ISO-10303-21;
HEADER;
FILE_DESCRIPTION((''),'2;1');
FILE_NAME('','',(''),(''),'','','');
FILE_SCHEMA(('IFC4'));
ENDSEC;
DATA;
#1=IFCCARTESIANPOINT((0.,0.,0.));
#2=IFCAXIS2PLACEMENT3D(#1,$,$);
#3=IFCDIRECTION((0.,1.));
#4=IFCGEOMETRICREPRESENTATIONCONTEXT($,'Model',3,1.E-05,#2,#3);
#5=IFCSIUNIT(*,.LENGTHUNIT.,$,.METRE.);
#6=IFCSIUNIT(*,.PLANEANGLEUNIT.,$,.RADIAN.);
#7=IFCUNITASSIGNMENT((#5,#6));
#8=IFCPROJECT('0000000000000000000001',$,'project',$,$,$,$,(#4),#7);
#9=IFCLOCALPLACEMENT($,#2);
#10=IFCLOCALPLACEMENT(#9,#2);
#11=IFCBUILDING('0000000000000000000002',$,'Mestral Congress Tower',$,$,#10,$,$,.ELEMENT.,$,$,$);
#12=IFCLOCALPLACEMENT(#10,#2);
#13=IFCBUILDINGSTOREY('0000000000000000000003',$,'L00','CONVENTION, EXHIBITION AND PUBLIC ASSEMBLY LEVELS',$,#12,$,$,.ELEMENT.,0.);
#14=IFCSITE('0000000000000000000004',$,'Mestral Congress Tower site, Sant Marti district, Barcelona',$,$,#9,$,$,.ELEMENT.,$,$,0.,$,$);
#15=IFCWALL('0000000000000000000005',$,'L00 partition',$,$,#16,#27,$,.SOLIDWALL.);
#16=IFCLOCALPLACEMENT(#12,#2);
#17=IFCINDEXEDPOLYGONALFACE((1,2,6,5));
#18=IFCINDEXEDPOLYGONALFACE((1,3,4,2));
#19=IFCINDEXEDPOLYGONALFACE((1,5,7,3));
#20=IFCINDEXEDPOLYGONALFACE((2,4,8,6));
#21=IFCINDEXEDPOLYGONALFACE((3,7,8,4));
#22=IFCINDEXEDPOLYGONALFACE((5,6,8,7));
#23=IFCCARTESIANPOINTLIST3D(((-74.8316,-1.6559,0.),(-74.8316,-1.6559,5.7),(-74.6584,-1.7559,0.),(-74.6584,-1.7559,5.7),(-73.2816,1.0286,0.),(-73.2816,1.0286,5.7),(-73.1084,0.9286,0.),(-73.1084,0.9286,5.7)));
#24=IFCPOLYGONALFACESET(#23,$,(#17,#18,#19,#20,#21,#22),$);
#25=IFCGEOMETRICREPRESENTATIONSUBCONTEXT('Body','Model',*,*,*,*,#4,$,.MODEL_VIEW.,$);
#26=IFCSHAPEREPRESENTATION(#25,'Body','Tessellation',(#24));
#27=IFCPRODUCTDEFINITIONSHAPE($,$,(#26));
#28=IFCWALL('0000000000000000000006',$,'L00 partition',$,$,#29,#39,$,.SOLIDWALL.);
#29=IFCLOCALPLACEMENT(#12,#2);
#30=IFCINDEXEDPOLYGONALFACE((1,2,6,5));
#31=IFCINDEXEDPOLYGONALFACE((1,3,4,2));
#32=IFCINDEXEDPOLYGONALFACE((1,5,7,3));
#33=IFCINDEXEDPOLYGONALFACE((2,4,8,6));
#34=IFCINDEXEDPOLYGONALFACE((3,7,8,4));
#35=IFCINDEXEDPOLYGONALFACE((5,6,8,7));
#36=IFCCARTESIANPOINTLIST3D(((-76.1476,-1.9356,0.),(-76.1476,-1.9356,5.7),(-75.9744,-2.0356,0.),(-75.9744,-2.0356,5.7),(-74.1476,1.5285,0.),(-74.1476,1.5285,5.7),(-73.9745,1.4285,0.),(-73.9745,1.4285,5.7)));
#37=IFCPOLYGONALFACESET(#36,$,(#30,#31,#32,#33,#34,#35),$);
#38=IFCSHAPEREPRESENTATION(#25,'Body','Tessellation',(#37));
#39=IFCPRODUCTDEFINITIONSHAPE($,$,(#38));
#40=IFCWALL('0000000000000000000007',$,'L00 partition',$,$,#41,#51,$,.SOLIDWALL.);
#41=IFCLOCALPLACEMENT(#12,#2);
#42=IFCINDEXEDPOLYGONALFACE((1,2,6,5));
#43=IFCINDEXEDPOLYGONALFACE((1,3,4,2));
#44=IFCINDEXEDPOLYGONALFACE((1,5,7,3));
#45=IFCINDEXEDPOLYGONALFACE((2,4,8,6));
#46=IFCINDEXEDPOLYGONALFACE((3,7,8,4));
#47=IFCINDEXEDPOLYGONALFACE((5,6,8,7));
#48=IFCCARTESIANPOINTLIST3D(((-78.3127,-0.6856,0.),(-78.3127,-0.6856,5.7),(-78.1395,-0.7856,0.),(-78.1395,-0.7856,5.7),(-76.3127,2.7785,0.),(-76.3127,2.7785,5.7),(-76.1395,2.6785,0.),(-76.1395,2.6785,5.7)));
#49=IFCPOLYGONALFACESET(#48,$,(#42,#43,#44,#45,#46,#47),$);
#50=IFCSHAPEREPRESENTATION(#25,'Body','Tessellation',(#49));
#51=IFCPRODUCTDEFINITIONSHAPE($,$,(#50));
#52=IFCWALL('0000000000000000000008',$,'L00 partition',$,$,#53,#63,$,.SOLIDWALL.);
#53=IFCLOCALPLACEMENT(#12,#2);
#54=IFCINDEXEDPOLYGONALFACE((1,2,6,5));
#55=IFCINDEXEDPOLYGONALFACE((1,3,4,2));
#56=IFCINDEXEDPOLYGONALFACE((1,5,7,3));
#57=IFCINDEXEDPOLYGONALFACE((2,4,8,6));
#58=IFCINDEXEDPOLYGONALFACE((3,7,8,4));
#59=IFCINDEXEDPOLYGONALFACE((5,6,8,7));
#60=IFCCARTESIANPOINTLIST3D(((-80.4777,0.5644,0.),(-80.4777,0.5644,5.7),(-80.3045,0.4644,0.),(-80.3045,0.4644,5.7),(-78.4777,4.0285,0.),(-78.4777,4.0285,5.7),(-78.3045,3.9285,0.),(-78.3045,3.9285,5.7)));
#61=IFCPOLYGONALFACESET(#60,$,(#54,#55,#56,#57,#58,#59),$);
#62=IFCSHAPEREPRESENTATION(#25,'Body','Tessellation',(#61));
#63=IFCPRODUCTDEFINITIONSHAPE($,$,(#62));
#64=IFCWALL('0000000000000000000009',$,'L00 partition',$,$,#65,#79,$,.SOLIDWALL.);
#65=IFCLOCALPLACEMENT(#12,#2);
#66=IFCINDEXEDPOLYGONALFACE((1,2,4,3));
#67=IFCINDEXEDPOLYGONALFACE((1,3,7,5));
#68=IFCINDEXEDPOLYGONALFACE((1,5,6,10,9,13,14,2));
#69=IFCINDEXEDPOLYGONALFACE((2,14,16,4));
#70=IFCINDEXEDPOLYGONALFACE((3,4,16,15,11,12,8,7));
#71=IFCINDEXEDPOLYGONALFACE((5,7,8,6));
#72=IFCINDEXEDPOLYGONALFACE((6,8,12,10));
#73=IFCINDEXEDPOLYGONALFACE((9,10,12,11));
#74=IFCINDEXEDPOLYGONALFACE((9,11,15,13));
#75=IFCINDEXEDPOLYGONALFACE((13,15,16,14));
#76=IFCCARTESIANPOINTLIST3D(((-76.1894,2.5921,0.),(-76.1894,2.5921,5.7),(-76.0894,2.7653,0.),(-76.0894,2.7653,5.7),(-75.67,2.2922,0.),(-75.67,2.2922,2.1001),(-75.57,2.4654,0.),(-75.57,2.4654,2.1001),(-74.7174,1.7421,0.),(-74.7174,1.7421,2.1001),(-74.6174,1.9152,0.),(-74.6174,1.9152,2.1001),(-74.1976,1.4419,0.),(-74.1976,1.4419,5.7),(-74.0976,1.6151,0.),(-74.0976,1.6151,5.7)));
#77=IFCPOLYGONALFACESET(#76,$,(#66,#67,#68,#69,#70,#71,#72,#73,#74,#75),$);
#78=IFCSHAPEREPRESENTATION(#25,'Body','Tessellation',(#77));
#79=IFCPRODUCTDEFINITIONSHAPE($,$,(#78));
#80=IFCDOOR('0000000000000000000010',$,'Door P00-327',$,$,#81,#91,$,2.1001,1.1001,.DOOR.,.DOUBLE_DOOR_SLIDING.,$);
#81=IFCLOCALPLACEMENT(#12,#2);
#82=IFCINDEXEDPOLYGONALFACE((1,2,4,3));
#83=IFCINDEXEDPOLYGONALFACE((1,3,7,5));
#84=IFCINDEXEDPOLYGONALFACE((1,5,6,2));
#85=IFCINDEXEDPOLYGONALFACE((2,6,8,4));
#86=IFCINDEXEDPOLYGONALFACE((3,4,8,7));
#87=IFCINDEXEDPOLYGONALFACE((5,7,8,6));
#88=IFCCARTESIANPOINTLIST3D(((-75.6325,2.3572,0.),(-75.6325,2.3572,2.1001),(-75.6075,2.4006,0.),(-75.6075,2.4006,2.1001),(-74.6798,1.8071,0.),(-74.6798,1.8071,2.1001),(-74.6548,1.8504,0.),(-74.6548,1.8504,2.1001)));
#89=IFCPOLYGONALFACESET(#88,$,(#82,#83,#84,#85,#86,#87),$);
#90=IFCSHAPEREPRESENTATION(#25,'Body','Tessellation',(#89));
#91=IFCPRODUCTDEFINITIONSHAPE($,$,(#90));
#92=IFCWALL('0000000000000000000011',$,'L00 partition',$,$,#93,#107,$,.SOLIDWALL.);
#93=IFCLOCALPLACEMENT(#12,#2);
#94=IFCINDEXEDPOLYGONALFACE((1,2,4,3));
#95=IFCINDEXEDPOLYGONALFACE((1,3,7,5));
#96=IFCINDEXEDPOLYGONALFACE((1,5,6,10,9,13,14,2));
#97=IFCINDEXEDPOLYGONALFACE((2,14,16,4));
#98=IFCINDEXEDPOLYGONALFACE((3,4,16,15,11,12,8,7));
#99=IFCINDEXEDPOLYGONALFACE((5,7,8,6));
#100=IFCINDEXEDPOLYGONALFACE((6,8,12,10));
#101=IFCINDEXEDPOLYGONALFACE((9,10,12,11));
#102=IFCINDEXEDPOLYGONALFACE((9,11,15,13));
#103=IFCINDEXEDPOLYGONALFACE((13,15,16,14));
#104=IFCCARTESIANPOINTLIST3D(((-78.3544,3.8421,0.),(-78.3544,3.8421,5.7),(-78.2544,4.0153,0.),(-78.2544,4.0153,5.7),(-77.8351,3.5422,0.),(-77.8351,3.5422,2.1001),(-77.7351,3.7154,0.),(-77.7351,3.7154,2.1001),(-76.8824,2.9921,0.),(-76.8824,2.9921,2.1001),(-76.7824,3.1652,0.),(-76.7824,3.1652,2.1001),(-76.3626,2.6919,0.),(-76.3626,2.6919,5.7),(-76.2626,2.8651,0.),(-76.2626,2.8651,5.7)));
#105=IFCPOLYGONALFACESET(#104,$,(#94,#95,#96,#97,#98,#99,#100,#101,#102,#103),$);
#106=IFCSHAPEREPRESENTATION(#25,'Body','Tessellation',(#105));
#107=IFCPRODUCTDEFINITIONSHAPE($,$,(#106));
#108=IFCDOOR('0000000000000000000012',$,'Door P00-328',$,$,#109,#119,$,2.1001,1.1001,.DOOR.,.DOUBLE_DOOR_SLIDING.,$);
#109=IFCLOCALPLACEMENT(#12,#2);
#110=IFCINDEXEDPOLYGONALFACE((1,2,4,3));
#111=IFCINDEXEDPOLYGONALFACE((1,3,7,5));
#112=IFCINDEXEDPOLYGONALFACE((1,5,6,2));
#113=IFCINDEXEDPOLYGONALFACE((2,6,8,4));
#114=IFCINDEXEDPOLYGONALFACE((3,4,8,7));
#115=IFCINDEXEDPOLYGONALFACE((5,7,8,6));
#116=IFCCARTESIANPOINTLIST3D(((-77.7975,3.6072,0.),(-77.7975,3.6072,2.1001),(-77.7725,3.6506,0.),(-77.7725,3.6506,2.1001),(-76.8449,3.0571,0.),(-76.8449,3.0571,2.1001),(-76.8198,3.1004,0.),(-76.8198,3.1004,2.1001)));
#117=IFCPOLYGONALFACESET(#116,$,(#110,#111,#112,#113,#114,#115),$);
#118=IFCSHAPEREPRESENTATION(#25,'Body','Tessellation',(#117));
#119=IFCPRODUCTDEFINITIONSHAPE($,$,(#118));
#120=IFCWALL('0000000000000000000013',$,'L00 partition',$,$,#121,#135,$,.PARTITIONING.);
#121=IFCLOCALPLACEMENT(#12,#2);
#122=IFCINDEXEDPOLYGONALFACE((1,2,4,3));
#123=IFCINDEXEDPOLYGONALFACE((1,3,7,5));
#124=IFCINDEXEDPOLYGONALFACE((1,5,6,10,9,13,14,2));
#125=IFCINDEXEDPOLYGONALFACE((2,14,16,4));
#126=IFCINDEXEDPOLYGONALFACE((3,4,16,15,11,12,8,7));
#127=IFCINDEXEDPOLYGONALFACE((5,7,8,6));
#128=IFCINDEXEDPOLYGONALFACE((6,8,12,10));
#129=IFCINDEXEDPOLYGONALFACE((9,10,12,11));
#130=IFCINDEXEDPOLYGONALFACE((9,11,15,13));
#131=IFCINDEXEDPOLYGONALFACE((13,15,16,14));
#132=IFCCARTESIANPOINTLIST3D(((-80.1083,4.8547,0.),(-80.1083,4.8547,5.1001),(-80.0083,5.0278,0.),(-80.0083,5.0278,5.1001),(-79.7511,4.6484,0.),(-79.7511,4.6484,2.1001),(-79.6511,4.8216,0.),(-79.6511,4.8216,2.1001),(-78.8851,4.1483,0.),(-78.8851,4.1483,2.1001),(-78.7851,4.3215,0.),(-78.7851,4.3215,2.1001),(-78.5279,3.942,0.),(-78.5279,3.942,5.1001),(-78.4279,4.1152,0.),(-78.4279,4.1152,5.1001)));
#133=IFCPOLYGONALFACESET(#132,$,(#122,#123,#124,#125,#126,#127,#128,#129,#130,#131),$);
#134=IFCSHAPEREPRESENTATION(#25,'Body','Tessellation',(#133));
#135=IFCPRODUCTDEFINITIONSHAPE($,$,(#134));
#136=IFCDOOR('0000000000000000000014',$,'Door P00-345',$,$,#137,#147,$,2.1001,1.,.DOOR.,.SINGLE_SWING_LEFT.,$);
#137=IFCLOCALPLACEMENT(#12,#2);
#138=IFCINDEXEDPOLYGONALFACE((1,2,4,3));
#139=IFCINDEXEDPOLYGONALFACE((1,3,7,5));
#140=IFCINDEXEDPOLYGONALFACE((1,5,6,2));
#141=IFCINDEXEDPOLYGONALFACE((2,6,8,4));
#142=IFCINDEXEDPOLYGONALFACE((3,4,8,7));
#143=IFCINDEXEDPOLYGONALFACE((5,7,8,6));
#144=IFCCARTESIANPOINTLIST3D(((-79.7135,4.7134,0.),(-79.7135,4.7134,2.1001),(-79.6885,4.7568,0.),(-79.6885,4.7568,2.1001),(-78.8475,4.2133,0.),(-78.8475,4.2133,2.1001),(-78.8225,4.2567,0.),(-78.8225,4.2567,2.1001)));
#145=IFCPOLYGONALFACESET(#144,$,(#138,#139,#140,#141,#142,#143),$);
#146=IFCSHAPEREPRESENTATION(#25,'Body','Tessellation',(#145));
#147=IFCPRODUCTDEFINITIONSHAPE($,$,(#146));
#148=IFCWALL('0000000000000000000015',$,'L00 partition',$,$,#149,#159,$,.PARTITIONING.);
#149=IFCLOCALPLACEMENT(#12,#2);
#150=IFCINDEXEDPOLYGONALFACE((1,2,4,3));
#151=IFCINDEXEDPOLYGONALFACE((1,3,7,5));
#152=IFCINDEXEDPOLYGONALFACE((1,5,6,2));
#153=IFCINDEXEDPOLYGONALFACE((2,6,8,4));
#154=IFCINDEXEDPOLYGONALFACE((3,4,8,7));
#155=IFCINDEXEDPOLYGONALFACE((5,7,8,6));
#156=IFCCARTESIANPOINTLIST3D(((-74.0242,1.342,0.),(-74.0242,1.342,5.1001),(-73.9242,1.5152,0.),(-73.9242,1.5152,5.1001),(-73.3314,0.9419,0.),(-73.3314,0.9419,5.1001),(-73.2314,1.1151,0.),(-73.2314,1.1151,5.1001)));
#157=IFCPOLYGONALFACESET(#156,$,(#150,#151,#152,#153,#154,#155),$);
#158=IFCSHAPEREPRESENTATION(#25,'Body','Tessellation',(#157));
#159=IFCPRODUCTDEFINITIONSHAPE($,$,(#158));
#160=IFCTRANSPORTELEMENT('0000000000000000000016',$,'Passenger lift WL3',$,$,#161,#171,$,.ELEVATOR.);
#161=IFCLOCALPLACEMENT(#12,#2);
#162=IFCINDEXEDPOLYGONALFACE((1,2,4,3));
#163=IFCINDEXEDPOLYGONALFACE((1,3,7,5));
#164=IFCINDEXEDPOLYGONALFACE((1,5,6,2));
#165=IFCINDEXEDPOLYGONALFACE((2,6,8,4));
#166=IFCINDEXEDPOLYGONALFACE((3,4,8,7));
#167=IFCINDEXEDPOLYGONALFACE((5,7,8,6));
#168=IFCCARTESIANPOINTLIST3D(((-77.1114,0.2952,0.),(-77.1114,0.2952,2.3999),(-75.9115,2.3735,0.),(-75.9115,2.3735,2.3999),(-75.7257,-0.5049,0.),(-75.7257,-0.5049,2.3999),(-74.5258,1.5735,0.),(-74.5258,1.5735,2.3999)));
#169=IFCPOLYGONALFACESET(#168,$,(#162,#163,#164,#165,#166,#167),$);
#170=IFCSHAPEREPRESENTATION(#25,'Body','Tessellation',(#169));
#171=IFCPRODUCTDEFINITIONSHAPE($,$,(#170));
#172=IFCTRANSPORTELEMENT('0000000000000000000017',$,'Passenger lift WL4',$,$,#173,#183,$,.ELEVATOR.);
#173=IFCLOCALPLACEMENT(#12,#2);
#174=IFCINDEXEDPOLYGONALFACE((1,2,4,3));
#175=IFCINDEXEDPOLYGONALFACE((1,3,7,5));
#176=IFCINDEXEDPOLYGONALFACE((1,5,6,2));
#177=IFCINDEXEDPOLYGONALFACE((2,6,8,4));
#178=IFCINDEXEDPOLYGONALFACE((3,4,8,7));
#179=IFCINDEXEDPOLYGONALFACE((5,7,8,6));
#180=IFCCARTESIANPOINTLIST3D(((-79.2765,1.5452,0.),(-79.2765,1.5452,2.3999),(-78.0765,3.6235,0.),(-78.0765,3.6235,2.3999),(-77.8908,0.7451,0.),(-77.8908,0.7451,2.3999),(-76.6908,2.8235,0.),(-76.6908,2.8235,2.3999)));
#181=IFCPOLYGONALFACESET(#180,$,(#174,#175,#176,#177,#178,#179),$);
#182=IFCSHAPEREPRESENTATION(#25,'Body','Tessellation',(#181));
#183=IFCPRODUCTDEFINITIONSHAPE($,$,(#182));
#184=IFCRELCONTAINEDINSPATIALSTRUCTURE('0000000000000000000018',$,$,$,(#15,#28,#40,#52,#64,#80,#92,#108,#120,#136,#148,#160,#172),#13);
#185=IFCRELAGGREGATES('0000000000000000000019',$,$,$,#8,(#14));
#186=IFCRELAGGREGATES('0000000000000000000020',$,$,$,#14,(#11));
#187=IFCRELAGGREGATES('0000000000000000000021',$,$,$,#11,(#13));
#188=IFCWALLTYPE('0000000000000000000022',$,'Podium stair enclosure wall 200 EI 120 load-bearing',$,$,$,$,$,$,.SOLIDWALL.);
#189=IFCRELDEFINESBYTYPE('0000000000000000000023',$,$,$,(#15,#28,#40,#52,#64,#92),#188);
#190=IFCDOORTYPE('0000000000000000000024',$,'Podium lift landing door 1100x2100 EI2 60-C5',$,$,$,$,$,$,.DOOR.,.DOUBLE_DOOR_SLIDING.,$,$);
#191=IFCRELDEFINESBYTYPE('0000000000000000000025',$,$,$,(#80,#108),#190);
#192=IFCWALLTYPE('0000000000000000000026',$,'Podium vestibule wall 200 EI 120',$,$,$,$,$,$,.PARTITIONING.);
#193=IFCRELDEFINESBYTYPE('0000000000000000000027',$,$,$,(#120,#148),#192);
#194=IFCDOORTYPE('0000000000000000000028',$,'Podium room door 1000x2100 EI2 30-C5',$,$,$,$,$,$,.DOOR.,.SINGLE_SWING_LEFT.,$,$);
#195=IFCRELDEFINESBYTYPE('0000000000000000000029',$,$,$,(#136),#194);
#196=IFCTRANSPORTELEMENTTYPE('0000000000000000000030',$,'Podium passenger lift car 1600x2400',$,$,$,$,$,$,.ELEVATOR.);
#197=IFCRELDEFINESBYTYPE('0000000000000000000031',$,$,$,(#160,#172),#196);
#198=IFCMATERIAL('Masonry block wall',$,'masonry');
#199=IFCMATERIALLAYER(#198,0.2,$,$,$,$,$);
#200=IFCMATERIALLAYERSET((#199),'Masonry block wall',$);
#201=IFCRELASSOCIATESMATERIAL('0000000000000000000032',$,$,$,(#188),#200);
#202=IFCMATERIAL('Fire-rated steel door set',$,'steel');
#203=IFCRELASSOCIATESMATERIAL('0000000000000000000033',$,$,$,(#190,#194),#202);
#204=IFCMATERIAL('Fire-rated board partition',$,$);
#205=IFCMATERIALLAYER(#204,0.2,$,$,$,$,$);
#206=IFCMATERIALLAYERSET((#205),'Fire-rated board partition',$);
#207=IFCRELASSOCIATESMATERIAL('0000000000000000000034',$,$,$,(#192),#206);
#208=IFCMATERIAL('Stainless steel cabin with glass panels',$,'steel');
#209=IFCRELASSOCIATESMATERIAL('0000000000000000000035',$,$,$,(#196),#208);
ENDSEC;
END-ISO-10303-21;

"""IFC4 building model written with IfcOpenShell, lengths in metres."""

from ifc_helpers import new_model, si_unit, direction, frame, frame_2d, origin, origin_2d, place, context, subcontext, project, spatial, rectangle, extrude, material, layer, layer_set, type_object, element, fill, save


model = new_model("IFC4")

# Units and contexts
model_context = context("Model", 3, precision=1e-05, world=origin(), true_north=direction((0.0, 1.0)))
body_context = subcontext(model_context, "Body", "Model", "MODEL_VIEW")
ifc_project = project(units=[si_unit("LENGTHUNIT", "METRE"), si_unit("PLANEANGLEUNIT", "RADIAN")], contexts=[model_context])

# Site, building, storey
site_placement = place(None, origin())
site = spatial("IfcSite", under=ifc_project, at=site_placement, Name="Mestral Congress Tower site, Sant Marti district, Barcelona", CompositionType="ELEMENT", RefElevation=0.0)
building_placement = place(site_placement, origin())
building = spatial("IfcBuilding", under=site, at=building_placement, Name="Mestral Congress Tower", CompositionType="ELEMENT")
storey_placement = place(building_placement, origin())
storey = spatial("IfcBuildingStorey", under=building, at=storey_placement, Name="L00", Description="CONVENTION, EXHIBITION AND PUBLIC ASSEMBLY LEVELS", CompositionType="ELEMENT", Elevation=0.0)

# Walls
ifc_material_1 = material(Name="Masonry block wall", Category="masonry")
ifc_layer_1 = layer(ifc_material_1, 0.2)
ifc_layer_set_1 = layer_set([ifc_layer_1], Name="Masonry block wall")
wall_type_1 = type_object("IfcWallType", Name="Podium stair enclosure wall 200 EI 120 load-bearing", PredefinedType="SOLIDWALL", material=ifc_layer_set_1)
wall_1_placement = place(storey_placement, frame((-73.1951, 0.9785, 0.0), z_axis=(0.0, 0.0, 1.0), x_axis=(-0.500027, -0.86601, 0.0)))
element("IfcWall", 1, at=wall_1_placement, inside=storey, type_object=wall_type_1, Name="L00 partition", PredefinedType="SOLIDWALL", context=body_context, shape_type="SweptSolid", body=[
    extrude(rectangle(XDim=3.0999, YDim=0.2, at=frame_2d((1.5498, 0.0))), origin(), (0.0, 0.0, 1.0), 5.7),
])
for number, where, z_axis, x_axis, name in (
    (2, (-74.061, 1.4785, 0.0), (0.0, 0.0, 1.0), (-0.499999, -0.866026, 0.0), "L00 partition"),
    (3, (-76.2261, 2.7285, 0.0), (0.0, 0.0, 1.0), (-0.499999, -0.866026, 0.0), "L00 partition"),
    (4, (-78.3911, 3.9785, 0.0), (0.0, 0.0, 1.0), (-0.499999, -0.866026, 0.0), "L00 partition"),
):
    element("IfcWall", number, at=place(storey_placement, frame(where, z_axis=z_axis, x_axis=x_axis)), inside=storey, type_object=wall_type_1, Name=name, PredefinedType="SOLIDWALL", context=body_context, shape_type="SweptSolid", body=[
        extrude(rectangle(XDim=4.0, YDim=0.2, at=frame_2d((2.0, 0.0))), origin(), (0.0, 0.0, 1.0), 5.7),
    ])

# Walls, openings, doors
wall_2_placement = place(storey_placement, frame((-74.1477, 1.5286, 0.0), z_axis=(0.0, 0.0, 1.0), x_axis=(-0.865981, 0.500078, 0.0)))
wall_2 = element("IfcWall", 5, at=wall_2_placement, inside=storey, type_object=wall_type_1, Name="L00 partition", PredefinedType="SOLIDWALL", context=body_context, shape_type="SweptSolid", body=[
    extrude(rectangle(XDim=2.3, YDim=0.2, at=frame_2d((1.1499, 0.0))), origin(), (0.0, 0.0, 1.0), 5.7),
])
opening_1_placement = place(wall_2_placement, frame((0.6001, 0.0, 0.0)))
opening_1 = element("IfcOpeningElement", 6, at=opening_1_placement, cuts=wall_2, PredefinedType="OPENING", context=body_context, shape_type="SweptSolid", body=[
    extrude(rectangle(XDim=1.1001, YDim=2.1001, at=frame_2d((0.55, 1.05))), frame((0.0, 0.1099, 0.0), z_axis=(0.0, -1.0, 0.0), x_axis=(1.0, 0.0, 0.0)), (0.0, 0.0, 1.0), 0.22),
])
ifc_material_2 = material(Name="Fire-rated steel door set", Category="steel")
door_type_1 = type_object("IfcDoorType", Name="Podium lift landing door 1100x2100 EI2 60-C5", OperationType="DOUBLE_DOOR_SLIDING", PredefinedType="DOOR", material=ifc_material_2)
door_1_placement = place(opening_1_placement, origin())
door_1 = element("IfcDoor", 7, at=door_1_placement, inside=storey, type_object=door_type_1, Name="Door P00-327", OperationType="DOUBLE_DOOR_SLIDING", OverallHeight=2.1001, OverallWidth=1.1001, PredefinedType="DOOR", context=body_context, shape_type="SweptSolid", body=[
    extrude(rectangle(XDim=1.1001, YDim=2.1001, at=frame_2d((0.55, 1.05))), frame((0.0, 0.0249, 0.0), z_axis=(0.0, -1.0, 0.0), x_axis=(1.0, 0.0, 0.0)), (0.0, 0.0, 1.0), 0.05),
])
fill(opening_1, door_1)
wall_3_placement = place(storey_placement, frame((-76.3127, 2.7786, 0.0), z_axis=(0.0, 0.0, 1.0), x_axis=(-0.865981, 0.500078, 0.0)))
wall_3 = element("IfcWall", 8, at=wall_3_placement, inside=storey, type_object=wall_type_1, Name="L00 partition", PredefinedType="SOLIDWALL", context=body_context, shape_type="SweptSolid", body=[
    extrude(rectangle(XDim=2.3, YDim=0.2, at=frame_2d((1.1499, 0.0))), origin(), (0.0, 0.0, 1.0), 5.7),
])
opening_2_placement = place(wall_3_placement, frame((0.6001, 0.0, 0.0)))
opening_2 = element("IfcOpeningElement", 9, at=opening_2_placement, cuts=wall_3, PredefinedType="OPENING", context=body_context, shape_type="SweptSolid", body=[
    extrude(rectangle(XDim=1.1001, YDim=2.1001, at=frame_2d((0.55, 1.05))), frame((0.0, 0.1099, 0.0), z_axis=(0.0, -1.0, 0.0), x_axis=(1.0, 0.0, 0.0)), (0.0, 0.0, 1.0), 0.22),
])
door_2_placement = place(opening_2_placement, origin())
door_2 = element("IfcDoor", 10, at=door_2_placement, inside=storey, type_object=door_type_1, Name="Door P00-328", OperationType="DOUBLE_DOOR_SLIDING", OverallHeight=2.1001, OverallWidth=1.1001, PredefinedType="DOOR", context=body_context, shape_type="SweptSolid", body=[
    extrude(rectangle(XDim=1.1001, YDim=2.1001, at=frame_2d((0.55, 1.05))), frame((0.0, 0.0249, 0.0), z_axis=(0.0, -1.0, 0.0), x_axis=(1.0, 0.0, 0.0)), (0.0, 0.0, 1.0), 0.05),
])
fill(opening_2, door_2)
ifc_material_3 = material(Name="Fire-rated board partition")
ifc_layer_2 = layer(ifc_material_3, 0.2)
ifc_layer_set_2 = layer_set([ifc_layer_2], Name="Fire-rated board partition")
wall_type_2 = type_object("IfcWallType", Name="Podium vestibule wall 200 EI 120", PredefinedType="PARTITIONING", material=ifc_layer_set_2)
wall_4_placement = place(storey_placement, frame((-78.4778, 4.0286, 0.0), z_axis=(0.0, 0.0, 1.0), x_axis=(-0.865978, 0.500081, 0.0)))
wall_4 = element("IfcWall", 11, at=wall_4_placement, inside=storey, type_object=wall_type_2, Name="L00 partition", PredefinedType="PARTITIONING", context=body_context, shape_type="SweptSolid", body=[
    extrude(rectangle(XDim=1.825, YDim=0.2, at=frame_2d((0.9126, 0.0))), origin(), (0.0, 0.0, 1.0), 5.1001),
])
opening_3_placement = place(wall_4_placement, frame((0.4126, 0.0, 0.0)))
opening_3 = element("IfcOpeningElement", 12, at=opening_3_placement, cuts=wall_4, PredefinedType="OPENING", context=body_context, shape_type="SweptSolid", body=[
    extrude(rectangle(XDim=1.0, YDim=2.1001, at=frame_2d((0.5, 1.05))), frame((0.0, 0.1099, 0.0), z_axis=(0.0, -1.0, 0.0), x_axis=(1.0, 0.0, 0.0)), (0.0, 0.0, 1.0), 0.22),
])
door_type_2 = type_object("IfcDoorType", Name="Podium room door 1000x2100 EI2 30-C5", OperationType="SINGLE_SWING_LEFT", PredefinedType="DOOR", material=ifc_material_2)
door_3_placement = place(opening_3_placement, origin())
door_3 = element("IfcDoor", 13, at=door_3_placement, inside=storey, type_object=door_type_2, Name="Door P00-345", OperationType="SINGLE_SWING_LEFT", OverallHeight=2.1001, OverallWidth=1.0, PredefinedType="DOOR", context=body_context, shape_type="SweptSolid", body=[
    extrude(rectangle(XDim=1.0, YDim=2.1001, at=frame_2d((0.5, 1.05))), frame((0.0, 0.0249, 0.0), z_axis=(0.0, -1.0, 0.0), x_axis=(1.0, 0.0, 0.0)), (0.0, 0.0, 1.0), 0.05),
])
fill(opening_3, door_3)

# Wall
wall_5_placement = place(storey_placement, frame((-73.2815, 1.0286, 0.0), z_axis=(0.0, 0.0, 1.0), x_axis=(-0.865962, 0.50011, 0.0)))
element("IfcWall", 14, at=wall_5_placement, inside=storey, type_object=wall_type_2, Name="L00 partition", PredefinedType="PARTITIONING", context=body_context, shape_type="SweptSolid", body=[
    extrude(rectangle(XDim=0.8, YDim=0.2, at=frame_2d((0.3999, 0.0))), origin(), (0.0, 0.0, 1.0), 5.1001),
])

# Transport elements
ifc_material_4 = material(Name="Stainless steel cabin with glass panels", Category="steel")
transport_element_type = type_object("IfcTransportElementType", Name="Podium passenger lift car 1600x2400", PredefinedType="ELEVATOR", material=ifc_material_4)
for number, where, z_axis, x_axis, name in (
    (15, (-75.8186, 0.9343, 0.0), (0.0, 0.0, 1.0), (-0.5, -0.866025, 0.0), "Passenger lift WL3"),
    (16, (-77.9836, 2.1843, 0.0), (0.0, 0.0, 1.0), (-0.5, -0.866025, 0.0), "Passenger lift WL4"),
):
    element("IfcTransportElement", number, at=place(storey_placement, frame(where, z_axis=z_axis, x_axis=x_axis)), inside=storey, type_object=transport_element_type, Name=name, PredefinedType="ELEVATOR", context=body_context, shape_type="SweptSolid", body=[
        extrude(rectangle(XDim=2.3999, YDim=1.6001, at=origin_2d()), origin(), (0.0, 0.0, 1.0), 2.3999),
    ])

save(model, "model.ifc")
